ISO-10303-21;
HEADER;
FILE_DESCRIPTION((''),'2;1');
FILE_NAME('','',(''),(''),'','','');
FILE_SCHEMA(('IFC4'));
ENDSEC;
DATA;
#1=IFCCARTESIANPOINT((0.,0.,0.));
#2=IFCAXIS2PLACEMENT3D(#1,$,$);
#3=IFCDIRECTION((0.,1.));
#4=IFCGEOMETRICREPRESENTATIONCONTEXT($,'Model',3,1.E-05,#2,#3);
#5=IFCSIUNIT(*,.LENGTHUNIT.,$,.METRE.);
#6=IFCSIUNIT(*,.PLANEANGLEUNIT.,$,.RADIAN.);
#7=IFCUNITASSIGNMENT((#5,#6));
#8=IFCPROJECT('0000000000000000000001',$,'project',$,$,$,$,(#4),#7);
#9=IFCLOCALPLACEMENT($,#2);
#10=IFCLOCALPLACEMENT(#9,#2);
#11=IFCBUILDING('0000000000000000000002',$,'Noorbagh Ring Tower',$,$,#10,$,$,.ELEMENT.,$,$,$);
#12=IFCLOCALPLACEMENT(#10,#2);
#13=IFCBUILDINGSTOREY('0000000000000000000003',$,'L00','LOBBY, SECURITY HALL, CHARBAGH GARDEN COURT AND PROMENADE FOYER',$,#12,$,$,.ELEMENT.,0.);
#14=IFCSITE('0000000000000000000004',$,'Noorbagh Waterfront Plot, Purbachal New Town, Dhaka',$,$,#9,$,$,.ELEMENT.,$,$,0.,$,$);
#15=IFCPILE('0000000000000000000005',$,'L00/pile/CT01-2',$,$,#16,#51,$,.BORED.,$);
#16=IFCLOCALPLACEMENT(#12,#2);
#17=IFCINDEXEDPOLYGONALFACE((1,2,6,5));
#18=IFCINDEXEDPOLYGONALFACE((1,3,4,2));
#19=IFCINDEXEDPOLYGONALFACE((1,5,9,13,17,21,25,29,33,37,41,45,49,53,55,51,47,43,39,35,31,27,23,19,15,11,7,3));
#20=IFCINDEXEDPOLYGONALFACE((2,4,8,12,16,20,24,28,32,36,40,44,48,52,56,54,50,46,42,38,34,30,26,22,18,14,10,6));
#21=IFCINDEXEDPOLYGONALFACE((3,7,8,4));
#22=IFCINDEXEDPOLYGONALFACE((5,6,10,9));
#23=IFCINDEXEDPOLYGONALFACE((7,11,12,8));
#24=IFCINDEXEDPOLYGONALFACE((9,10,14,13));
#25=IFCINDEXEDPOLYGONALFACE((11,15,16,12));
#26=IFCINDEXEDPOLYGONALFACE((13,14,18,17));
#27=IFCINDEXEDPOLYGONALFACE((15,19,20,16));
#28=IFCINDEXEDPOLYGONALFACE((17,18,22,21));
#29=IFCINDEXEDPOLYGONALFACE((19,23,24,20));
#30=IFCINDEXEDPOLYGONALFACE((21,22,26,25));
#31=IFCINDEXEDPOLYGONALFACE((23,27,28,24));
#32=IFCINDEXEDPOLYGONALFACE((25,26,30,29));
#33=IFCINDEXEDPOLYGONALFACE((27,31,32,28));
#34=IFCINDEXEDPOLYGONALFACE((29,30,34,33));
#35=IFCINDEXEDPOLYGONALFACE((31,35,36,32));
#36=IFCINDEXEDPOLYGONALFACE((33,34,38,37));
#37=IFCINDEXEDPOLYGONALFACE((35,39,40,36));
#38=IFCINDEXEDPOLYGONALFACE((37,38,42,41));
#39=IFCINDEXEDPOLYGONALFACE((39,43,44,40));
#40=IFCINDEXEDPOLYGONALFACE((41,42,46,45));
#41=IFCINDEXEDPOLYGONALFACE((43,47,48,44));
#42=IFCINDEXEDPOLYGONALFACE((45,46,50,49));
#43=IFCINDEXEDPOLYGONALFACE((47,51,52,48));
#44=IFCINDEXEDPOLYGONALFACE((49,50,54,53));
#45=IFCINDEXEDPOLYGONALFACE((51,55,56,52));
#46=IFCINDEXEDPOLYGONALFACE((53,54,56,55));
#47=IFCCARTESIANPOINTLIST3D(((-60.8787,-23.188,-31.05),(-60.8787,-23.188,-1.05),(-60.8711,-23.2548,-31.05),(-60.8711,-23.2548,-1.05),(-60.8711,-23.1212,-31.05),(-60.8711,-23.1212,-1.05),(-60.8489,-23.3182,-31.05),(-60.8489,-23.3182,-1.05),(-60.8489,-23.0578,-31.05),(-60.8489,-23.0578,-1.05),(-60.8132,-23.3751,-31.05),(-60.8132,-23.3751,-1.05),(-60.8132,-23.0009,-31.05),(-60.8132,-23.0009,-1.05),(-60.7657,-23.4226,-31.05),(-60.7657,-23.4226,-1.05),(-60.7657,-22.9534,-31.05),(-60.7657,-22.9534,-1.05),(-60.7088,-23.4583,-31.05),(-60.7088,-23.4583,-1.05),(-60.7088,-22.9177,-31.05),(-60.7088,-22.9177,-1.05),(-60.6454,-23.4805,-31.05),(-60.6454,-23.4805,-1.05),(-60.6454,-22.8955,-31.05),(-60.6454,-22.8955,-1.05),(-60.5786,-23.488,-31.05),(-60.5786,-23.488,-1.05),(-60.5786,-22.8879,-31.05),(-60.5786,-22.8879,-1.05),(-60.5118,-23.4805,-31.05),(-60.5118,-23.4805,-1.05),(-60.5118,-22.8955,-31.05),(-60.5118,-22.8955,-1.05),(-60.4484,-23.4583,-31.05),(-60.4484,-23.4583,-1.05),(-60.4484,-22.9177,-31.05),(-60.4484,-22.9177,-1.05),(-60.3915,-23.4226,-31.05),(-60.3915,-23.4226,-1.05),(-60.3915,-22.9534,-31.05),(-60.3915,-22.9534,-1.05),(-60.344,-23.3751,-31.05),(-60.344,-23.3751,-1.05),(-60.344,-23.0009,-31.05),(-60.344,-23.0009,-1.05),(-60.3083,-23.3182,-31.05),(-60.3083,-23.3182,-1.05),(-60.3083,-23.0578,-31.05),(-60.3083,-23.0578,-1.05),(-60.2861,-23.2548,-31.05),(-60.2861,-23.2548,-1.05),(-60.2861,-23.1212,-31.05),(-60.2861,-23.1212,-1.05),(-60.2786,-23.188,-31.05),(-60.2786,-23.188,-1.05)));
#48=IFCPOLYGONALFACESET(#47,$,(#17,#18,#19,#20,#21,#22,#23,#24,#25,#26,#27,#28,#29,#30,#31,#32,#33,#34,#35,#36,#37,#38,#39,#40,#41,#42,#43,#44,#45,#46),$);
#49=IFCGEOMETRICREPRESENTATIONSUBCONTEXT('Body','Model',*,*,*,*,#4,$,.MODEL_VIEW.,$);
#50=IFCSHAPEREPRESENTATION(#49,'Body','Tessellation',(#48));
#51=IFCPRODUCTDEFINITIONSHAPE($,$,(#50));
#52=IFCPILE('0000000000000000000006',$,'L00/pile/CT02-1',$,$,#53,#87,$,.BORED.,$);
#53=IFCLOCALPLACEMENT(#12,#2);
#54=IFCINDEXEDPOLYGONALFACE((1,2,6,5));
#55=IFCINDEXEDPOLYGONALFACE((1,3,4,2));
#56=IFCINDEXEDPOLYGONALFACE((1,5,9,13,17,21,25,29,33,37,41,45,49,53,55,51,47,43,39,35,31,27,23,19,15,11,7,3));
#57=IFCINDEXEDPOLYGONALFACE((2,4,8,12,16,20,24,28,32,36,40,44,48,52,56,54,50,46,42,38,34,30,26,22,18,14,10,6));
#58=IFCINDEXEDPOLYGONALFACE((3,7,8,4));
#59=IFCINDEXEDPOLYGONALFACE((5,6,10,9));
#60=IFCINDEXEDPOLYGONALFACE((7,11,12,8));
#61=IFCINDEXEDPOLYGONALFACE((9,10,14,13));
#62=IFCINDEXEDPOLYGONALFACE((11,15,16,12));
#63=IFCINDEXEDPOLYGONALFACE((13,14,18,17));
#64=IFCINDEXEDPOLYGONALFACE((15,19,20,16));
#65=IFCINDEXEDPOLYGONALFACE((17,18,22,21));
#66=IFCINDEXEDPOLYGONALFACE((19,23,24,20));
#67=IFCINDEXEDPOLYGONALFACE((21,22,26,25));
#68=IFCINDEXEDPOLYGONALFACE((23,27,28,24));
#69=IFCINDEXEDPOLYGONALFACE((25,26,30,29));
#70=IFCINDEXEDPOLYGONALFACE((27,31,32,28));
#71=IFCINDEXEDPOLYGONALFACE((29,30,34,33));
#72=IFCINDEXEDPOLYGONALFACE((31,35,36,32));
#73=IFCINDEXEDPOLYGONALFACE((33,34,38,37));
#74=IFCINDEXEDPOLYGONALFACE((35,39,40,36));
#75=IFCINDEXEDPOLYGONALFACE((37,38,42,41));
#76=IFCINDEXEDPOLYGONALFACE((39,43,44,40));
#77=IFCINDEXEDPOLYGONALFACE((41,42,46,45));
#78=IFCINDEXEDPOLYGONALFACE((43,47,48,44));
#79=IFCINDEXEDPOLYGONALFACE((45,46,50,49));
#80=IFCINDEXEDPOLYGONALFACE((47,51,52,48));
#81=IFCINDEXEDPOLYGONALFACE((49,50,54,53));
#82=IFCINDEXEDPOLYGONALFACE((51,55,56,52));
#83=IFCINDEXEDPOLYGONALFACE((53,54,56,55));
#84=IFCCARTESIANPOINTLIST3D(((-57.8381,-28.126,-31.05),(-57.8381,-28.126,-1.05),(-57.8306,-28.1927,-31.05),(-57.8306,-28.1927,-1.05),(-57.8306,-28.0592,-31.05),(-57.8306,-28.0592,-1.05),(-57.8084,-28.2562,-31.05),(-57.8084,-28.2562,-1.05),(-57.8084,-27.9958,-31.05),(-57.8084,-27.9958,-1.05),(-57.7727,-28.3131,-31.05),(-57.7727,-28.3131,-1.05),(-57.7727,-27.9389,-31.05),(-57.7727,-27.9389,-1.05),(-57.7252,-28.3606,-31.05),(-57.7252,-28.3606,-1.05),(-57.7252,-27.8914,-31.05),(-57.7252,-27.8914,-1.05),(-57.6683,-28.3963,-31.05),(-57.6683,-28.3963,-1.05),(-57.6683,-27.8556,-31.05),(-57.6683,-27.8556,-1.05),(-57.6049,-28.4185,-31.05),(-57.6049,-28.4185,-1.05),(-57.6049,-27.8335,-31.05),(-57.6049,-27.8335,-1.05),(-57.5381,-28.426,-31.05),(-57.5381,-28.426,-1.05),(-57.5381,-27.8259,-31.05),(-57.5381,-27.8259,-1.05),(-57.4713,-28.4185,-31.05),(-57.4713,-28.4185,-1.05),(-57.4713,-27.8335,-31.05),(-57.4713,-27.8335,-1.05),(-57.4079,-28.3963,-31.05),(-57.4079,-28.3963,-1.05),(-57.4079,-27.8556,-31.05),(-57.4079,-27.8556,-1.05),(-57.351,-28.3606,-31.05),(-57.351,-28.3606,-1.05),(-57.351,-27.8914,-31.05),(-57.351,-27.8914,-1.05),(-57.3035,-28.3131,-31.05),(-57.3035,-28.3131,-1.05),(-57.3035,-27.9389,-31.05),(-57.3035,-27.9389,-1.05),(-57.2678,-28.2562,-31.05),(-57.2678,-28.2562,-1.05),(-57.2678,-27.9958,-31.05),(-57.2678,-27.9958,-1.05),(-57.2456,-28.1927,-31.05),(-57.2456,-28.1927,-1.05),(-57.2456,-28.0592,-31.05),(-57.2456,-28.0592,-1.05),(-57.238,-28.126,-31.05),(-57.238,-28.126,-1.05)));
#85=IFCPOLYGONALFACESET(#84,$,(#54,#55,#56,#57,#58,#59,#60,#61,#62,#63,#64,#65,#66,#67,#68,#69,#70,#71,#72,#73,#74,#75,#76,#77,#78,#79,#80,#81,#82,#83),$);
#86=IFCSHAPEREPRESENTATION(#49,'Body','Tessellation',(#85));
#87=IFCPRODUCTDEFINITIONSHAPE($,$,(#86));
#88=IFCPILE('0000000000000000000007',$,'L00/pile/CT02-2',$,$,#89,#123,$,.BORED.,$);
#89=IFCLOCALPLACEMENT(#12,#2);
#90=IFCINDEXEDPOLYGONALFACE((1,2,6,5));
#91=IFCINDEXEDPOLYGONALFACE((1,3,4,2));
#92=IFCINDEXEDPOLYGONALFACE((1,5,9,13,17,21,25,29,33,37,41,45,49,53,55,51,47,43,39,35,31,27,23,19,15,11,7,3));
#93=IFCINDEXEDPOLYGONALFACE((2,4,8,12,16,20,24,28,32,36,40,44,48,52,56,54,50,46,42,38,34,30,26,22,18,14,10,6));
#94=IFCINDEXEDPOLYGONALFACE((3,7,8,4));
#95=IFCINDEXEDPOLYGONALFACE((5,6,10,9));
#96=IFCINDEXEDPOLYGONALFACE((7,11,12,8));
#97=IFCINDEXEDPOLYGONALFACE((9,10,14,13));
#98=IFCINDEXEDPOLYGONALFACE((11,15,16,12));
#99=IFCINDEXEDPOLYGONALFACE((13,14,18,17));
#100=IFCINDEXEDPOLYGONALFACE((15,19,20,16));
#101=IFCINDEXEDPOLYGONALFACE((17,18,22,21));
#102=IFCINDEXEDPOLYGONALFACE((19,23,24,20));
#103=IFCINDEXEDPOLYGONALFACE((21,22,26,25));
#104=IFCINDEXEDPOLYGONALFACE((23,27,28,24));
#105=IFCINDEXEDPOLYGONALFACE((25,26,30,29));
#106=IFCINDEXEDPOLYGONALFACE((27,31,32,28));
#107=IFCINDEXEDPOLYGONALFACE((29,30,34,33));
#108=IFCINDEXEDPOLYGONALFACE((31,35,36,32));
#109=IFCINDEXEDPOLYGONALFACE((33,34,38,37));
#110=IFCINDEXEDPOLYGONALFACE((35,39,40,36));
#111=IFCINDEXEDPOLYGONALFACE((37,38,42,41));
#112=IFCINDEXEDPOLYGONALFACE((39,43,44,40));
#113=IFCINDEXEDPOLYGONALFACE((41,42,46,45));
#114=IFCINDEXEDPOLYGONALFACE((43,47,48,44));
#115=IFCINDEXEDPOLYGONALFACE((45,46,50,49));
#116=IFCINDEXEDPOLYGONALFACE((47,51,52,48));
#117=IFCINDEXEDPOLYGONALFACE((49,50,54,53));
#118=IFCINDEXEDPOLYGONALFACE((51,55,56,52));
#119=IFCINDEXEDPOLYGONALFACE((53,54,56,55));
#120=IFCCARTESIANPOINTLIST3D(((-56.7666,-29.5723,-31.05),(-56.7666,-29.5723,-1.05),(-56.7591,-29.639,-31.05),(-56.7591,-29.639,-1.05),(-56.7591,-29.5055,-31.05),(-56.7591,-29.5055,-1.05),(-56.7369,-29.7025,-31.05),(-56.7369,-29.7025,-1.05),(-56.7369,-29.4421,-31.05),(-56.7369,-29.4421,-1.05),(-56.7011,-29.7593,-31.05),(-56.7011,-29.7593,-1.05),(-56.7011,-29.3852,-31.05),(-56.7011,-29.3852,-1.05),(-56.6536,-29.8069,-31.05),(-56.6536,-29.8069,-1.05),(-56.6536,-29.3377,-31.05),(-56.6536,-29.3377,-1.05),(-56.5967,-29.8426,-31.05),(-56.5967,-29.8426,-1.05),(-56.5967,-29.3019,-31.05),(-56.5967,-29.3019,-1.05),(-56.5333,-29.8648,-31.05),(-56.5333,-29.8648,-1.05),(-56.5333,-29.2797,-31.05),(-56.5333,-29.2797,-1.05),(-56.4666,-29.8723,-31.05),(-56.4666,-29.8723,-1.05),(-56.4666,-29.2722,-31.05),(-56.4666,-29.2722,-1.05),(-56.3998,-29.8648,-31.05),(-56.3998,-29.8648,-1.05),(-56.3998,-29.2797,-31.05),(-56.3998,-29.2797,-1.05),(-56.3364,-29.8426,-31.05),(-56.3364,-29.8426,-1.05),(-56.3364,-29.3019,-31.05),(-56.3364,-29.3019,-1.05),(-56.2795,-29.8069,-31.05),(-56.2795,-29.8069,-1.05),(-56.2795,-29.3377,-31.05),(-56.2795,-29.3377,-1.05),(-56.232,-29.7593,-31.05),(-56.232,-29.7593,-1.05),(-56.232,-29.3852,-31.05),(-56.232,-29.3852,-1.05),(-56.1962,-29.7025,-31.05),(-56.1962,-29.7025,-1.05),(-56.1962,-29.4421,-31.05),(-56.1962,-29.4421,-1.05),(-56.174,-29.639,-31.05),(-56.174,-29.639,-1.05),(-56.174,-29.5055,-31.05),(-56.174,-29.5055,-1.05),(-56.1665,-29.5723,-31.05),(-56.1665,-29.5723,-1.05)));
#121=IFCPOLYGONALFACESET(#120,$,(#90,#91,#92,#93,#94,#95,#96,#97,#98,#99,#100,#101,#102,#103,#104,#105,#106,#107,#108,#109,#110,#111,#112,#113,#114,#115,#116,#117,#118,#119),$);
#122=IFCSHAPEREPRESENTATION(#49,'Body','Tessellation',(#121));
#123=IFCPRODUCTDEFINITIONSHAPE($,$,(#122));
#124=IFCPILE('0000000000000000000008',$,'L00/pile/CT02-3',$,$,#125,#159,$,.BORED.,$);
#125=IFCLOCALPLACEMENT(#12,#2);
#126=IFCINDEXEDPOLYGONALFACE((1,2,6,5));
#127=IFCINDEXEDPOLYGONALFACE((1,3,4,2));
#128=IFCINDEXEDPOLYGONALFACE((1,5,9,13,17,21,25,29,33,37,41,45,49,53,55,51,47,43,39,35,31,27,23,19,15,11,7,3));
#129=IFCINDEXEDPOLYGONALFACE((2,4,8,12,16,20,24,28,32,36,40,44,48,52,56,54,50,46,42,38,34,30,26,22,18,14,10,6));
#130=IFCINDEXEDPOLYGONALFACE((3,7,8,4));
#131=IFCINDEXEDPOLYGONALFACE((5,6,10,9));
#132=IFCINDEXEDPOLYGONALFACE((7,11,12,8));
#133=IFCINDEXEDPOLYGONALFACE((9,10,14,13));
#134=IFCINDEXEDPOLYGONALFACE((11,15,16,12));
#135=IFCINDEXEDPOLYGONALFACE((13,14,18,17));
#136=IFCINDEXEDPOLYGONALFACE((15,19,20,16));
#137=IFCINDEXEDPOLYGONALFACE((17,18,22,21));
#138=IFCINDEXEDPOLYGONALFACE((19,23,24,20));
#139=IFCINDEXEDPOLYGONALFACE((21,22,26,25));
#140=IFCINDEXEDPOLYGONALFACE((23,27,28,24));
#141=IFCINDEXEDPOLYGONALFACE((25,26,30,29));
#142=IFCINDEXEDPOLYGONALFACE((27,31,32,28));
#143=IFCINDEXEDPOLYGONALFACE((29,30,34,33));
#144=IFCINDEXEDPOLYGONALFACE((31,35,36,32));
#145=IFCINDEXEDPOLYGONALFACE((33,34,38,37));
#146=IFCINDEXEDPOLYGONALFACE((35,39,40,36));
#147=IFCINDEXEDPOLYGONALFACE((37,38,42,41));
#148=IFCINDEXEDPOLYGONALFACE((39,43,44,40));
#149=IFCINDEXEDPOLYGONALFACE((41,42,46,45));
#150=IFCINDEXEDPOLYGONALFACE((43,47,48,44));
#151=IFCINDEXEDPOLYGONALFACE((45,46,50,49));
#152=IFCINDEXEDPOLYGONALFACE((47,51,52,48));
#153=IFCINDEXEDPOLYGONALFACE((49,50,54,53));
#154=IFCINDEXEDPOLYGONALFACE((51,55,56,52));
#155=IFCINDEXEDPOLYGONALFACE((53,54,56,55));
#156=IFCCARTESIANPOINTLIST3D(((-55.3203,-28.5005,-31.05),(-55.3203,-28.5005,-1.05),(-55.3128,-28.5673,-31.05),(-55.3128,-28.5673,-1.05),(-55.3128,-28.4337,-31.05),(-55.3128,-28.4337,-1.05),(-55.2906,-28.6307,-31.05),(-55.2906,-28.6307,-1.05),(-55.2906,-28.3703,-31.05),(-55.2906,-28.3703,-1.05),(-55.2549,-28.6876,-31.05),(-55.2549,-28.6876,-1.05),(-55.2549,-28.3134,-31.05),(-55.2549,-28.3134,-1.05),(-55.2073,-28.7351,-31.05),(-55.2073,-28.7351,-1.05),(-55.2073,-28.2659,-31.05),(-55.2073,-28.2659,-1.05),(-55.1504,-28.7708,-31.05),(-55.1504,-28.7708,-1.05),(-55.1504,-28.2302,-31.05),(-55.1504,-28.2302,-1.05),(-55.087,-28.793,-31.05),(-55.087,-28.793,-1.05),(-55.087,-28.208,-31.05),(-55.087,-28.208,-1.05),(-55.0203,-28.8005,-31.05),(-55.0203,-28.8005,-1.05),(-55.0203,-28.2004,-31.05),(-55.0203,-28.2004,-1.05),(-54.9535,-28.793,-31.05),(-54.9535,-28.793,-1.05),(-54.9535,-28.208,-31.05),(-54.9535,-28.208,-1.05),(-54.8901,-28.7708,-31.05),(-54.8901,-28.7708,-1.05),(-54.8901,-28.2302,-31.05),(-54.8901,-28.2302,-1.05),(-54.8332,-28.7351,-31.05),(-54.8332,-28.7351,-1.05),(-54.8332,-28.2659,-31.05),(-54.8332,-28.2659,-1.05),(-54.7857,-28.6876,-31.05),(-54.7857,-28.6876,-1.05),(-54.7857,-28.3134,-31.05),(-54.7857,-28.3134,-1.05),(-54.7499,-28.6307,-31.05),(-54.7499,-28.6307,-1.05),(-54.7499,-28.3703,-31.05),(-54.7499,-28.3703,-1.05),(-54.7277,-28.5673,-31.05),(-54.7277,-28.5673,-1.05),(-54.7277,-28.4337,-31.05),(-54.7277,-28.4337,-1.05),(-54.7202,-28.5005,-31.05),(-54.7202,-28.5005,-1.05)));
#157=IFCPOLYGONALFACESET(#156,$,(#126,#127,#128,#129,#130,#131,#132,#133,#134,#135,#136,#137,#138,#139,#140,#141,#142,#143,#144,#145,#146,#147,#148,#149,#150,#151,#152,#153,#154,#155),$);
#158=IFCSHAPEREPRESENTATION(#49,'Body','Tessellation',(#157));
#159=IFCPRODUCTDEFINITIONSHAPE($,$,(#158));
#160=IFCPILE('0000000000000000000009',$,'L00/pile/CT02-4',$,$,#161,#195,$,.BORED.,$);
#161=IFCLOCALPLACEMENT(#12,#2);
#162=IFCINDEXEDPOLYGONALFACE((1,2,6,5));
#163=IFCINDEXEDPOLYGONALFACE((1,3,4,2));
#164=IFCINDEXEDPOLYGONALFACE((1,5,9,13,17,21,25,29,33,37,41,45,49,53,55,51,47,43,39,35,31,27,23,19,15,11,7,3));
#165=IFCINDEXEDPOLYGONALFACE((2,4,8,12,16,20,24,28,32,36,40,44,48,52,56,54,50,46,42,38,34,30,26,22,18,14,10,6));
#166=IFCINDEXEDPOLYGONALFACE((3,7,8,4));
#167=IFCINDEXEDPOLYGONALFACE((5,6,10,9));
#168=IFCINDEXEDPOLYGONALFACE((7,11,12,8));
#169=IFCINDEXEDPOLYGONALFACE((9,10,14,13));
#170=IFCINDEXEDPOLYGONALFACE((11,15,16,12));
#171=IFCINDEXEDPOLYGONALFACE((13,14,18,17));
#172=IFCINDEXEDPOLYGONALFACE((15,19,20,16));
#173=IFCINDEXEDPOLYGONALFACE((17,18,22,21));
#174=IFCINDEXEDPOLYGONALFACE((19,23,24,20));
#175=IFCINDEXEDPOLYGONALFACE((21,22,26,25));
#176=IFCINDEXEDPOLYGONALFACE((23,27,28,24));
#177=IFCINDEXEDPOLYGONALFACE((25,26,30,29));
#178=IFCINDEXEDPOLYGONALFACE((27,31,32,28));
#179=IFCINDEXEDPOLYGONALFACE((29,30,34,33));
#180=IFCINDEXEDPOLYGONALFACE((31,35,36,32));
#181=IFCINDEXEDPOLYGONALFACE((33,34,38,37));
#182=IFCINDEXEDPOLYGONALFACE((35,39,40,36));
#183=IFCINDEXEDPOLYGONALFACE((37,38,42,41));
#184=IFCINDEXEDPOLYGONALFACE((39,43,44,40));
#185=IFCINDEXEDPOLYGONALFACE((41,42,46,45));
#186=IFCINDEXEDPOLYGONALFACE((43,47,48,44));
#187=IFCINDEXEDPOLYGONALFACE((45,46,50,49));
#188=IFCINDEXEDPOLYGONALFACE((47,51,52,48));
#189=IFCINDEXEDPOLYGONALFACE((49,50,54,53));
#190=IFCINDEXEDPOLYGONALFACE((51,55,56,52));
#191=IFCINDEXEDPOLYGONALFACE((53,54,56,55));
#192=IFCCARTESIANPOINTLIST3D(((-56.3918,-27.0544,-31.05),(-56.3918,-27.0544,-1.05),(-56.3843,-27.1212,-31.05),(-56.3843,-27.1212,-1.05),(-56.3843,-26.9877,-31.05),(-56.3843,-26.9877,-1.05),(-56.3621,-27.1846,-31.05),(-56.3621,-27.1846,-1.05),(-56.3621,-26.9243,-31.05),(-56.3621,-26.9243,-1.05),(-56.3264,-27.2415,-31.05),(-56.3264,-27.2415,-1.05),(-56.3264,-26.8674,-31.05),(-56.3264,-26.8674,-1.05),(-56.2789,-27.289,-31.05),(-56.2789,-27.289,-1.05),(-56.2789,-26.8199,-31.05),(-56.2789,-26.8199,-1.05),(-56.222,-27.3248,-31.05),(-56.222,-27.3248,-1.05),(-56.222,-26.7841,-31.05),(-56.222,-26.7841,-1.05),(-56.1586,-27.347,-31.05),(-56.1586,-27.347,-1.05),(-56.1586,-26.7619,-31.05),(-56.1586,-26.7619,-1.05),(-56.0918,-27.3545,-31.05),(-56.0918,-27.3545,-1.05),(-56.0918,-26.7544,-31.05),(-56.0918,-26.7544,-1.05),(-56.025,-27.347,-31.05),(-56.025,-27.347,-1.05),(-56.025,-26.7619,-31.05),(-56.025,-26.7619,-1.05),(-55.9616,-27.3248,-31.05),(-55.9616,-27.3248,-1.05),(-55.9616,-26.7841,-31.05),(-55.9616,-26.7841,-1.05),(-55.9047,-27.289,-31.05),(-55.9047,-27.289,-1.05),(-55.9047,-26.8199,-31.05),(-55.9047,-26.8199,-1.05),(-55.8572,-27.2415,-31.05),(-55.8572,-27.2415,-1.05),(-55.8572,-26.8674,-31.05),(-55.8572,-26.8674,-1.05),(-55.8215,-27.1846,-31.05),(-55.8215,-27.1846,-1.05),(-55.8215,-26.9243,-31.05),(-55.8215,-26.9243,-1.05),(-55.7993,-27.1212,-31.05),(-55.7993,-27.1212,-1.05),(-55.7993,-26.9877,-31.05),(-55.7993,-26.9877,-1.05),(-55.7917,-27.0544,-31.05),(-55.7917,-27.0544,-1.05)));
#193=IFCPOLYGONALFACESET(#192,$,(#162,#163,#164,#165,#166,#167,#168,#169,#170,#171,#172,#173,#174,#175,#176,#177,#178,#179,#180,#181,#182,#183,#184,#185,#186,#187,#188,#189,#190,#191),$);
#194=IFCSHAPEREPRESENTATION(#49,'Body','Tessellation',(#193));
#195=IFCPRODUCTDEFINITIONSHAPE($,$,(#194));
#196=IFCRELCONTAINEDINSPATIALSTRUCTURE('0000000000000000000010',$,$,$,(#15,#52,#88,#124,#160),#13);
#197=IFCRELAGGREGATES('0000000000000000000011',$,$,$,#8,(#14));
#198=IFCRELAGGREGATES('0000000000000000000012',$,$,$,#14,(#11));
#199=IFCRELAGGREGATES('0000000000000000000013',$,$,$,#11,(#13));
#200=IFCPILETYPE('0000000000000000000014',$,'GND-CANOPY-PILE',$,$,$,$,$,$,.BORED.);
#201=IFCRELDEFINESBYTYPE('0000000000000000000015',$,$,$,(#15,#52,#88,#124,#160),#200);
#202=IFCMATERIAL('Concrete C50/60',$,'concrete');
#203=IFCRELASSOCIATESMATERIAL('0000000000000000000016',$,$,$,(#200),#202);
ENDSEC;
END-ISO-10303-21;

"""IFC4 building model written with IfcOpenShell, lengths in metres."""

from ifc_helpers import new_model, si_unit, direction, frame, origin, origin_2d, place, context, subcontext, project, spatial, circle, extrude, material, material_profile, profile_set, type_object, element, save


model = new_model("IFC4")

# Units and contexts
model_context = context("Model", 3, precision=1e-05, world=origin(), true_north=direction((0.0, 1.0)))
body_context = subcontext(model_context, "Body", "Model", "MODEL_VIEW")
ifc_project = project(units=[si_unit("LENGTHUNIT", "METRE"), si_unit("PLANEANGLEUNIT", "RADIAN")], contexts=[model_context])

# Site, building, storey
site_placement = place(None, origin())
site = spatial("IfcSite", under=ifc_project, at=site_placement, Name="Noorbagh Waterfront Plot, Purbachal New Town, Dhaka", CompositionType="ELEMENT", RefElevation=0.0)
building_placement = place(site_placement, origin())
building = spatial("IfcBuilding", under=site, at=building_placement, Name="Noorbagh Ring Tower", CompositionType="ELEMENT")
storey_placement = place(building_placement, origin())
storey = spatial("IfcBuildingStorey", under=building, at=storey_placement, Name="L00", Description="LOBBY, SECURITY HALL, CHARBAGH GARDEN COURT AND PROMENADE FOYER", CompositionType="ELEMENT", Elevation=0.0)

# Piles
ifc_material_1 = material(Name="Concrete C50/60", Category="concrete")
ifc_material_profile_1 = material_profile(ifc_material_1, circle(Radius=0.3, at=origin_2d()), Name="PILE600")
ifc_profile_set_1 = profile_set([ifc_material_profile_1], Name="Concrete C50/60")
pile_type = type_object("IfcPileType", Name="GND-CANOPY-PILE", PredefinedType="BORED", material=ifc_profile_set_1)
for number, where, z_axis, x_axis, name in (
    (1, (-60.5786, -23.188, -1.05), (0.0, 0.0, -1.0), (1.0, 0.0, 0.0), "L00/pile/CT01-2"),
    (2, (-57.5381, -28.126, -1.05), (0.0, 0.0, -1.0), (1.0, 0.0, 0.0), "L00/pile/CT02-1"),
    (3, (-56.4666, -29.5723, -1.05), (0.0, 0.0, -1.0), (1.0, 0.0, 0.0), "L00/pile/CT02-2"),
    (4, (-55.0203, -28.5005, -1.05), (0.0, 0.0, -1.0), (1.0, 0.0, 0.0), "L00/pile/CT02-3"),
    (5, (-56.0918, -27.0544, -1.05), (0.0, 0.0, -1.0), (1.0, 0.0, 0.0), "L00/pile/CT02-4"),
):
    element("IfcPile", number, at=place(storey_placement, frame(where, z_axis=z_axis, x_axis=x_axis)), inside=storey, type_object=pile_type, Name=name, PredefinedType="BORED", context=body_context, shape_type="SweptSolid", body=[
        extrude(circle(Radius=0.3, at=origin_2d()), origin(), (0.0, 0.0, 1.0), 30.0),
    ])

save(model, "model.ifc")
